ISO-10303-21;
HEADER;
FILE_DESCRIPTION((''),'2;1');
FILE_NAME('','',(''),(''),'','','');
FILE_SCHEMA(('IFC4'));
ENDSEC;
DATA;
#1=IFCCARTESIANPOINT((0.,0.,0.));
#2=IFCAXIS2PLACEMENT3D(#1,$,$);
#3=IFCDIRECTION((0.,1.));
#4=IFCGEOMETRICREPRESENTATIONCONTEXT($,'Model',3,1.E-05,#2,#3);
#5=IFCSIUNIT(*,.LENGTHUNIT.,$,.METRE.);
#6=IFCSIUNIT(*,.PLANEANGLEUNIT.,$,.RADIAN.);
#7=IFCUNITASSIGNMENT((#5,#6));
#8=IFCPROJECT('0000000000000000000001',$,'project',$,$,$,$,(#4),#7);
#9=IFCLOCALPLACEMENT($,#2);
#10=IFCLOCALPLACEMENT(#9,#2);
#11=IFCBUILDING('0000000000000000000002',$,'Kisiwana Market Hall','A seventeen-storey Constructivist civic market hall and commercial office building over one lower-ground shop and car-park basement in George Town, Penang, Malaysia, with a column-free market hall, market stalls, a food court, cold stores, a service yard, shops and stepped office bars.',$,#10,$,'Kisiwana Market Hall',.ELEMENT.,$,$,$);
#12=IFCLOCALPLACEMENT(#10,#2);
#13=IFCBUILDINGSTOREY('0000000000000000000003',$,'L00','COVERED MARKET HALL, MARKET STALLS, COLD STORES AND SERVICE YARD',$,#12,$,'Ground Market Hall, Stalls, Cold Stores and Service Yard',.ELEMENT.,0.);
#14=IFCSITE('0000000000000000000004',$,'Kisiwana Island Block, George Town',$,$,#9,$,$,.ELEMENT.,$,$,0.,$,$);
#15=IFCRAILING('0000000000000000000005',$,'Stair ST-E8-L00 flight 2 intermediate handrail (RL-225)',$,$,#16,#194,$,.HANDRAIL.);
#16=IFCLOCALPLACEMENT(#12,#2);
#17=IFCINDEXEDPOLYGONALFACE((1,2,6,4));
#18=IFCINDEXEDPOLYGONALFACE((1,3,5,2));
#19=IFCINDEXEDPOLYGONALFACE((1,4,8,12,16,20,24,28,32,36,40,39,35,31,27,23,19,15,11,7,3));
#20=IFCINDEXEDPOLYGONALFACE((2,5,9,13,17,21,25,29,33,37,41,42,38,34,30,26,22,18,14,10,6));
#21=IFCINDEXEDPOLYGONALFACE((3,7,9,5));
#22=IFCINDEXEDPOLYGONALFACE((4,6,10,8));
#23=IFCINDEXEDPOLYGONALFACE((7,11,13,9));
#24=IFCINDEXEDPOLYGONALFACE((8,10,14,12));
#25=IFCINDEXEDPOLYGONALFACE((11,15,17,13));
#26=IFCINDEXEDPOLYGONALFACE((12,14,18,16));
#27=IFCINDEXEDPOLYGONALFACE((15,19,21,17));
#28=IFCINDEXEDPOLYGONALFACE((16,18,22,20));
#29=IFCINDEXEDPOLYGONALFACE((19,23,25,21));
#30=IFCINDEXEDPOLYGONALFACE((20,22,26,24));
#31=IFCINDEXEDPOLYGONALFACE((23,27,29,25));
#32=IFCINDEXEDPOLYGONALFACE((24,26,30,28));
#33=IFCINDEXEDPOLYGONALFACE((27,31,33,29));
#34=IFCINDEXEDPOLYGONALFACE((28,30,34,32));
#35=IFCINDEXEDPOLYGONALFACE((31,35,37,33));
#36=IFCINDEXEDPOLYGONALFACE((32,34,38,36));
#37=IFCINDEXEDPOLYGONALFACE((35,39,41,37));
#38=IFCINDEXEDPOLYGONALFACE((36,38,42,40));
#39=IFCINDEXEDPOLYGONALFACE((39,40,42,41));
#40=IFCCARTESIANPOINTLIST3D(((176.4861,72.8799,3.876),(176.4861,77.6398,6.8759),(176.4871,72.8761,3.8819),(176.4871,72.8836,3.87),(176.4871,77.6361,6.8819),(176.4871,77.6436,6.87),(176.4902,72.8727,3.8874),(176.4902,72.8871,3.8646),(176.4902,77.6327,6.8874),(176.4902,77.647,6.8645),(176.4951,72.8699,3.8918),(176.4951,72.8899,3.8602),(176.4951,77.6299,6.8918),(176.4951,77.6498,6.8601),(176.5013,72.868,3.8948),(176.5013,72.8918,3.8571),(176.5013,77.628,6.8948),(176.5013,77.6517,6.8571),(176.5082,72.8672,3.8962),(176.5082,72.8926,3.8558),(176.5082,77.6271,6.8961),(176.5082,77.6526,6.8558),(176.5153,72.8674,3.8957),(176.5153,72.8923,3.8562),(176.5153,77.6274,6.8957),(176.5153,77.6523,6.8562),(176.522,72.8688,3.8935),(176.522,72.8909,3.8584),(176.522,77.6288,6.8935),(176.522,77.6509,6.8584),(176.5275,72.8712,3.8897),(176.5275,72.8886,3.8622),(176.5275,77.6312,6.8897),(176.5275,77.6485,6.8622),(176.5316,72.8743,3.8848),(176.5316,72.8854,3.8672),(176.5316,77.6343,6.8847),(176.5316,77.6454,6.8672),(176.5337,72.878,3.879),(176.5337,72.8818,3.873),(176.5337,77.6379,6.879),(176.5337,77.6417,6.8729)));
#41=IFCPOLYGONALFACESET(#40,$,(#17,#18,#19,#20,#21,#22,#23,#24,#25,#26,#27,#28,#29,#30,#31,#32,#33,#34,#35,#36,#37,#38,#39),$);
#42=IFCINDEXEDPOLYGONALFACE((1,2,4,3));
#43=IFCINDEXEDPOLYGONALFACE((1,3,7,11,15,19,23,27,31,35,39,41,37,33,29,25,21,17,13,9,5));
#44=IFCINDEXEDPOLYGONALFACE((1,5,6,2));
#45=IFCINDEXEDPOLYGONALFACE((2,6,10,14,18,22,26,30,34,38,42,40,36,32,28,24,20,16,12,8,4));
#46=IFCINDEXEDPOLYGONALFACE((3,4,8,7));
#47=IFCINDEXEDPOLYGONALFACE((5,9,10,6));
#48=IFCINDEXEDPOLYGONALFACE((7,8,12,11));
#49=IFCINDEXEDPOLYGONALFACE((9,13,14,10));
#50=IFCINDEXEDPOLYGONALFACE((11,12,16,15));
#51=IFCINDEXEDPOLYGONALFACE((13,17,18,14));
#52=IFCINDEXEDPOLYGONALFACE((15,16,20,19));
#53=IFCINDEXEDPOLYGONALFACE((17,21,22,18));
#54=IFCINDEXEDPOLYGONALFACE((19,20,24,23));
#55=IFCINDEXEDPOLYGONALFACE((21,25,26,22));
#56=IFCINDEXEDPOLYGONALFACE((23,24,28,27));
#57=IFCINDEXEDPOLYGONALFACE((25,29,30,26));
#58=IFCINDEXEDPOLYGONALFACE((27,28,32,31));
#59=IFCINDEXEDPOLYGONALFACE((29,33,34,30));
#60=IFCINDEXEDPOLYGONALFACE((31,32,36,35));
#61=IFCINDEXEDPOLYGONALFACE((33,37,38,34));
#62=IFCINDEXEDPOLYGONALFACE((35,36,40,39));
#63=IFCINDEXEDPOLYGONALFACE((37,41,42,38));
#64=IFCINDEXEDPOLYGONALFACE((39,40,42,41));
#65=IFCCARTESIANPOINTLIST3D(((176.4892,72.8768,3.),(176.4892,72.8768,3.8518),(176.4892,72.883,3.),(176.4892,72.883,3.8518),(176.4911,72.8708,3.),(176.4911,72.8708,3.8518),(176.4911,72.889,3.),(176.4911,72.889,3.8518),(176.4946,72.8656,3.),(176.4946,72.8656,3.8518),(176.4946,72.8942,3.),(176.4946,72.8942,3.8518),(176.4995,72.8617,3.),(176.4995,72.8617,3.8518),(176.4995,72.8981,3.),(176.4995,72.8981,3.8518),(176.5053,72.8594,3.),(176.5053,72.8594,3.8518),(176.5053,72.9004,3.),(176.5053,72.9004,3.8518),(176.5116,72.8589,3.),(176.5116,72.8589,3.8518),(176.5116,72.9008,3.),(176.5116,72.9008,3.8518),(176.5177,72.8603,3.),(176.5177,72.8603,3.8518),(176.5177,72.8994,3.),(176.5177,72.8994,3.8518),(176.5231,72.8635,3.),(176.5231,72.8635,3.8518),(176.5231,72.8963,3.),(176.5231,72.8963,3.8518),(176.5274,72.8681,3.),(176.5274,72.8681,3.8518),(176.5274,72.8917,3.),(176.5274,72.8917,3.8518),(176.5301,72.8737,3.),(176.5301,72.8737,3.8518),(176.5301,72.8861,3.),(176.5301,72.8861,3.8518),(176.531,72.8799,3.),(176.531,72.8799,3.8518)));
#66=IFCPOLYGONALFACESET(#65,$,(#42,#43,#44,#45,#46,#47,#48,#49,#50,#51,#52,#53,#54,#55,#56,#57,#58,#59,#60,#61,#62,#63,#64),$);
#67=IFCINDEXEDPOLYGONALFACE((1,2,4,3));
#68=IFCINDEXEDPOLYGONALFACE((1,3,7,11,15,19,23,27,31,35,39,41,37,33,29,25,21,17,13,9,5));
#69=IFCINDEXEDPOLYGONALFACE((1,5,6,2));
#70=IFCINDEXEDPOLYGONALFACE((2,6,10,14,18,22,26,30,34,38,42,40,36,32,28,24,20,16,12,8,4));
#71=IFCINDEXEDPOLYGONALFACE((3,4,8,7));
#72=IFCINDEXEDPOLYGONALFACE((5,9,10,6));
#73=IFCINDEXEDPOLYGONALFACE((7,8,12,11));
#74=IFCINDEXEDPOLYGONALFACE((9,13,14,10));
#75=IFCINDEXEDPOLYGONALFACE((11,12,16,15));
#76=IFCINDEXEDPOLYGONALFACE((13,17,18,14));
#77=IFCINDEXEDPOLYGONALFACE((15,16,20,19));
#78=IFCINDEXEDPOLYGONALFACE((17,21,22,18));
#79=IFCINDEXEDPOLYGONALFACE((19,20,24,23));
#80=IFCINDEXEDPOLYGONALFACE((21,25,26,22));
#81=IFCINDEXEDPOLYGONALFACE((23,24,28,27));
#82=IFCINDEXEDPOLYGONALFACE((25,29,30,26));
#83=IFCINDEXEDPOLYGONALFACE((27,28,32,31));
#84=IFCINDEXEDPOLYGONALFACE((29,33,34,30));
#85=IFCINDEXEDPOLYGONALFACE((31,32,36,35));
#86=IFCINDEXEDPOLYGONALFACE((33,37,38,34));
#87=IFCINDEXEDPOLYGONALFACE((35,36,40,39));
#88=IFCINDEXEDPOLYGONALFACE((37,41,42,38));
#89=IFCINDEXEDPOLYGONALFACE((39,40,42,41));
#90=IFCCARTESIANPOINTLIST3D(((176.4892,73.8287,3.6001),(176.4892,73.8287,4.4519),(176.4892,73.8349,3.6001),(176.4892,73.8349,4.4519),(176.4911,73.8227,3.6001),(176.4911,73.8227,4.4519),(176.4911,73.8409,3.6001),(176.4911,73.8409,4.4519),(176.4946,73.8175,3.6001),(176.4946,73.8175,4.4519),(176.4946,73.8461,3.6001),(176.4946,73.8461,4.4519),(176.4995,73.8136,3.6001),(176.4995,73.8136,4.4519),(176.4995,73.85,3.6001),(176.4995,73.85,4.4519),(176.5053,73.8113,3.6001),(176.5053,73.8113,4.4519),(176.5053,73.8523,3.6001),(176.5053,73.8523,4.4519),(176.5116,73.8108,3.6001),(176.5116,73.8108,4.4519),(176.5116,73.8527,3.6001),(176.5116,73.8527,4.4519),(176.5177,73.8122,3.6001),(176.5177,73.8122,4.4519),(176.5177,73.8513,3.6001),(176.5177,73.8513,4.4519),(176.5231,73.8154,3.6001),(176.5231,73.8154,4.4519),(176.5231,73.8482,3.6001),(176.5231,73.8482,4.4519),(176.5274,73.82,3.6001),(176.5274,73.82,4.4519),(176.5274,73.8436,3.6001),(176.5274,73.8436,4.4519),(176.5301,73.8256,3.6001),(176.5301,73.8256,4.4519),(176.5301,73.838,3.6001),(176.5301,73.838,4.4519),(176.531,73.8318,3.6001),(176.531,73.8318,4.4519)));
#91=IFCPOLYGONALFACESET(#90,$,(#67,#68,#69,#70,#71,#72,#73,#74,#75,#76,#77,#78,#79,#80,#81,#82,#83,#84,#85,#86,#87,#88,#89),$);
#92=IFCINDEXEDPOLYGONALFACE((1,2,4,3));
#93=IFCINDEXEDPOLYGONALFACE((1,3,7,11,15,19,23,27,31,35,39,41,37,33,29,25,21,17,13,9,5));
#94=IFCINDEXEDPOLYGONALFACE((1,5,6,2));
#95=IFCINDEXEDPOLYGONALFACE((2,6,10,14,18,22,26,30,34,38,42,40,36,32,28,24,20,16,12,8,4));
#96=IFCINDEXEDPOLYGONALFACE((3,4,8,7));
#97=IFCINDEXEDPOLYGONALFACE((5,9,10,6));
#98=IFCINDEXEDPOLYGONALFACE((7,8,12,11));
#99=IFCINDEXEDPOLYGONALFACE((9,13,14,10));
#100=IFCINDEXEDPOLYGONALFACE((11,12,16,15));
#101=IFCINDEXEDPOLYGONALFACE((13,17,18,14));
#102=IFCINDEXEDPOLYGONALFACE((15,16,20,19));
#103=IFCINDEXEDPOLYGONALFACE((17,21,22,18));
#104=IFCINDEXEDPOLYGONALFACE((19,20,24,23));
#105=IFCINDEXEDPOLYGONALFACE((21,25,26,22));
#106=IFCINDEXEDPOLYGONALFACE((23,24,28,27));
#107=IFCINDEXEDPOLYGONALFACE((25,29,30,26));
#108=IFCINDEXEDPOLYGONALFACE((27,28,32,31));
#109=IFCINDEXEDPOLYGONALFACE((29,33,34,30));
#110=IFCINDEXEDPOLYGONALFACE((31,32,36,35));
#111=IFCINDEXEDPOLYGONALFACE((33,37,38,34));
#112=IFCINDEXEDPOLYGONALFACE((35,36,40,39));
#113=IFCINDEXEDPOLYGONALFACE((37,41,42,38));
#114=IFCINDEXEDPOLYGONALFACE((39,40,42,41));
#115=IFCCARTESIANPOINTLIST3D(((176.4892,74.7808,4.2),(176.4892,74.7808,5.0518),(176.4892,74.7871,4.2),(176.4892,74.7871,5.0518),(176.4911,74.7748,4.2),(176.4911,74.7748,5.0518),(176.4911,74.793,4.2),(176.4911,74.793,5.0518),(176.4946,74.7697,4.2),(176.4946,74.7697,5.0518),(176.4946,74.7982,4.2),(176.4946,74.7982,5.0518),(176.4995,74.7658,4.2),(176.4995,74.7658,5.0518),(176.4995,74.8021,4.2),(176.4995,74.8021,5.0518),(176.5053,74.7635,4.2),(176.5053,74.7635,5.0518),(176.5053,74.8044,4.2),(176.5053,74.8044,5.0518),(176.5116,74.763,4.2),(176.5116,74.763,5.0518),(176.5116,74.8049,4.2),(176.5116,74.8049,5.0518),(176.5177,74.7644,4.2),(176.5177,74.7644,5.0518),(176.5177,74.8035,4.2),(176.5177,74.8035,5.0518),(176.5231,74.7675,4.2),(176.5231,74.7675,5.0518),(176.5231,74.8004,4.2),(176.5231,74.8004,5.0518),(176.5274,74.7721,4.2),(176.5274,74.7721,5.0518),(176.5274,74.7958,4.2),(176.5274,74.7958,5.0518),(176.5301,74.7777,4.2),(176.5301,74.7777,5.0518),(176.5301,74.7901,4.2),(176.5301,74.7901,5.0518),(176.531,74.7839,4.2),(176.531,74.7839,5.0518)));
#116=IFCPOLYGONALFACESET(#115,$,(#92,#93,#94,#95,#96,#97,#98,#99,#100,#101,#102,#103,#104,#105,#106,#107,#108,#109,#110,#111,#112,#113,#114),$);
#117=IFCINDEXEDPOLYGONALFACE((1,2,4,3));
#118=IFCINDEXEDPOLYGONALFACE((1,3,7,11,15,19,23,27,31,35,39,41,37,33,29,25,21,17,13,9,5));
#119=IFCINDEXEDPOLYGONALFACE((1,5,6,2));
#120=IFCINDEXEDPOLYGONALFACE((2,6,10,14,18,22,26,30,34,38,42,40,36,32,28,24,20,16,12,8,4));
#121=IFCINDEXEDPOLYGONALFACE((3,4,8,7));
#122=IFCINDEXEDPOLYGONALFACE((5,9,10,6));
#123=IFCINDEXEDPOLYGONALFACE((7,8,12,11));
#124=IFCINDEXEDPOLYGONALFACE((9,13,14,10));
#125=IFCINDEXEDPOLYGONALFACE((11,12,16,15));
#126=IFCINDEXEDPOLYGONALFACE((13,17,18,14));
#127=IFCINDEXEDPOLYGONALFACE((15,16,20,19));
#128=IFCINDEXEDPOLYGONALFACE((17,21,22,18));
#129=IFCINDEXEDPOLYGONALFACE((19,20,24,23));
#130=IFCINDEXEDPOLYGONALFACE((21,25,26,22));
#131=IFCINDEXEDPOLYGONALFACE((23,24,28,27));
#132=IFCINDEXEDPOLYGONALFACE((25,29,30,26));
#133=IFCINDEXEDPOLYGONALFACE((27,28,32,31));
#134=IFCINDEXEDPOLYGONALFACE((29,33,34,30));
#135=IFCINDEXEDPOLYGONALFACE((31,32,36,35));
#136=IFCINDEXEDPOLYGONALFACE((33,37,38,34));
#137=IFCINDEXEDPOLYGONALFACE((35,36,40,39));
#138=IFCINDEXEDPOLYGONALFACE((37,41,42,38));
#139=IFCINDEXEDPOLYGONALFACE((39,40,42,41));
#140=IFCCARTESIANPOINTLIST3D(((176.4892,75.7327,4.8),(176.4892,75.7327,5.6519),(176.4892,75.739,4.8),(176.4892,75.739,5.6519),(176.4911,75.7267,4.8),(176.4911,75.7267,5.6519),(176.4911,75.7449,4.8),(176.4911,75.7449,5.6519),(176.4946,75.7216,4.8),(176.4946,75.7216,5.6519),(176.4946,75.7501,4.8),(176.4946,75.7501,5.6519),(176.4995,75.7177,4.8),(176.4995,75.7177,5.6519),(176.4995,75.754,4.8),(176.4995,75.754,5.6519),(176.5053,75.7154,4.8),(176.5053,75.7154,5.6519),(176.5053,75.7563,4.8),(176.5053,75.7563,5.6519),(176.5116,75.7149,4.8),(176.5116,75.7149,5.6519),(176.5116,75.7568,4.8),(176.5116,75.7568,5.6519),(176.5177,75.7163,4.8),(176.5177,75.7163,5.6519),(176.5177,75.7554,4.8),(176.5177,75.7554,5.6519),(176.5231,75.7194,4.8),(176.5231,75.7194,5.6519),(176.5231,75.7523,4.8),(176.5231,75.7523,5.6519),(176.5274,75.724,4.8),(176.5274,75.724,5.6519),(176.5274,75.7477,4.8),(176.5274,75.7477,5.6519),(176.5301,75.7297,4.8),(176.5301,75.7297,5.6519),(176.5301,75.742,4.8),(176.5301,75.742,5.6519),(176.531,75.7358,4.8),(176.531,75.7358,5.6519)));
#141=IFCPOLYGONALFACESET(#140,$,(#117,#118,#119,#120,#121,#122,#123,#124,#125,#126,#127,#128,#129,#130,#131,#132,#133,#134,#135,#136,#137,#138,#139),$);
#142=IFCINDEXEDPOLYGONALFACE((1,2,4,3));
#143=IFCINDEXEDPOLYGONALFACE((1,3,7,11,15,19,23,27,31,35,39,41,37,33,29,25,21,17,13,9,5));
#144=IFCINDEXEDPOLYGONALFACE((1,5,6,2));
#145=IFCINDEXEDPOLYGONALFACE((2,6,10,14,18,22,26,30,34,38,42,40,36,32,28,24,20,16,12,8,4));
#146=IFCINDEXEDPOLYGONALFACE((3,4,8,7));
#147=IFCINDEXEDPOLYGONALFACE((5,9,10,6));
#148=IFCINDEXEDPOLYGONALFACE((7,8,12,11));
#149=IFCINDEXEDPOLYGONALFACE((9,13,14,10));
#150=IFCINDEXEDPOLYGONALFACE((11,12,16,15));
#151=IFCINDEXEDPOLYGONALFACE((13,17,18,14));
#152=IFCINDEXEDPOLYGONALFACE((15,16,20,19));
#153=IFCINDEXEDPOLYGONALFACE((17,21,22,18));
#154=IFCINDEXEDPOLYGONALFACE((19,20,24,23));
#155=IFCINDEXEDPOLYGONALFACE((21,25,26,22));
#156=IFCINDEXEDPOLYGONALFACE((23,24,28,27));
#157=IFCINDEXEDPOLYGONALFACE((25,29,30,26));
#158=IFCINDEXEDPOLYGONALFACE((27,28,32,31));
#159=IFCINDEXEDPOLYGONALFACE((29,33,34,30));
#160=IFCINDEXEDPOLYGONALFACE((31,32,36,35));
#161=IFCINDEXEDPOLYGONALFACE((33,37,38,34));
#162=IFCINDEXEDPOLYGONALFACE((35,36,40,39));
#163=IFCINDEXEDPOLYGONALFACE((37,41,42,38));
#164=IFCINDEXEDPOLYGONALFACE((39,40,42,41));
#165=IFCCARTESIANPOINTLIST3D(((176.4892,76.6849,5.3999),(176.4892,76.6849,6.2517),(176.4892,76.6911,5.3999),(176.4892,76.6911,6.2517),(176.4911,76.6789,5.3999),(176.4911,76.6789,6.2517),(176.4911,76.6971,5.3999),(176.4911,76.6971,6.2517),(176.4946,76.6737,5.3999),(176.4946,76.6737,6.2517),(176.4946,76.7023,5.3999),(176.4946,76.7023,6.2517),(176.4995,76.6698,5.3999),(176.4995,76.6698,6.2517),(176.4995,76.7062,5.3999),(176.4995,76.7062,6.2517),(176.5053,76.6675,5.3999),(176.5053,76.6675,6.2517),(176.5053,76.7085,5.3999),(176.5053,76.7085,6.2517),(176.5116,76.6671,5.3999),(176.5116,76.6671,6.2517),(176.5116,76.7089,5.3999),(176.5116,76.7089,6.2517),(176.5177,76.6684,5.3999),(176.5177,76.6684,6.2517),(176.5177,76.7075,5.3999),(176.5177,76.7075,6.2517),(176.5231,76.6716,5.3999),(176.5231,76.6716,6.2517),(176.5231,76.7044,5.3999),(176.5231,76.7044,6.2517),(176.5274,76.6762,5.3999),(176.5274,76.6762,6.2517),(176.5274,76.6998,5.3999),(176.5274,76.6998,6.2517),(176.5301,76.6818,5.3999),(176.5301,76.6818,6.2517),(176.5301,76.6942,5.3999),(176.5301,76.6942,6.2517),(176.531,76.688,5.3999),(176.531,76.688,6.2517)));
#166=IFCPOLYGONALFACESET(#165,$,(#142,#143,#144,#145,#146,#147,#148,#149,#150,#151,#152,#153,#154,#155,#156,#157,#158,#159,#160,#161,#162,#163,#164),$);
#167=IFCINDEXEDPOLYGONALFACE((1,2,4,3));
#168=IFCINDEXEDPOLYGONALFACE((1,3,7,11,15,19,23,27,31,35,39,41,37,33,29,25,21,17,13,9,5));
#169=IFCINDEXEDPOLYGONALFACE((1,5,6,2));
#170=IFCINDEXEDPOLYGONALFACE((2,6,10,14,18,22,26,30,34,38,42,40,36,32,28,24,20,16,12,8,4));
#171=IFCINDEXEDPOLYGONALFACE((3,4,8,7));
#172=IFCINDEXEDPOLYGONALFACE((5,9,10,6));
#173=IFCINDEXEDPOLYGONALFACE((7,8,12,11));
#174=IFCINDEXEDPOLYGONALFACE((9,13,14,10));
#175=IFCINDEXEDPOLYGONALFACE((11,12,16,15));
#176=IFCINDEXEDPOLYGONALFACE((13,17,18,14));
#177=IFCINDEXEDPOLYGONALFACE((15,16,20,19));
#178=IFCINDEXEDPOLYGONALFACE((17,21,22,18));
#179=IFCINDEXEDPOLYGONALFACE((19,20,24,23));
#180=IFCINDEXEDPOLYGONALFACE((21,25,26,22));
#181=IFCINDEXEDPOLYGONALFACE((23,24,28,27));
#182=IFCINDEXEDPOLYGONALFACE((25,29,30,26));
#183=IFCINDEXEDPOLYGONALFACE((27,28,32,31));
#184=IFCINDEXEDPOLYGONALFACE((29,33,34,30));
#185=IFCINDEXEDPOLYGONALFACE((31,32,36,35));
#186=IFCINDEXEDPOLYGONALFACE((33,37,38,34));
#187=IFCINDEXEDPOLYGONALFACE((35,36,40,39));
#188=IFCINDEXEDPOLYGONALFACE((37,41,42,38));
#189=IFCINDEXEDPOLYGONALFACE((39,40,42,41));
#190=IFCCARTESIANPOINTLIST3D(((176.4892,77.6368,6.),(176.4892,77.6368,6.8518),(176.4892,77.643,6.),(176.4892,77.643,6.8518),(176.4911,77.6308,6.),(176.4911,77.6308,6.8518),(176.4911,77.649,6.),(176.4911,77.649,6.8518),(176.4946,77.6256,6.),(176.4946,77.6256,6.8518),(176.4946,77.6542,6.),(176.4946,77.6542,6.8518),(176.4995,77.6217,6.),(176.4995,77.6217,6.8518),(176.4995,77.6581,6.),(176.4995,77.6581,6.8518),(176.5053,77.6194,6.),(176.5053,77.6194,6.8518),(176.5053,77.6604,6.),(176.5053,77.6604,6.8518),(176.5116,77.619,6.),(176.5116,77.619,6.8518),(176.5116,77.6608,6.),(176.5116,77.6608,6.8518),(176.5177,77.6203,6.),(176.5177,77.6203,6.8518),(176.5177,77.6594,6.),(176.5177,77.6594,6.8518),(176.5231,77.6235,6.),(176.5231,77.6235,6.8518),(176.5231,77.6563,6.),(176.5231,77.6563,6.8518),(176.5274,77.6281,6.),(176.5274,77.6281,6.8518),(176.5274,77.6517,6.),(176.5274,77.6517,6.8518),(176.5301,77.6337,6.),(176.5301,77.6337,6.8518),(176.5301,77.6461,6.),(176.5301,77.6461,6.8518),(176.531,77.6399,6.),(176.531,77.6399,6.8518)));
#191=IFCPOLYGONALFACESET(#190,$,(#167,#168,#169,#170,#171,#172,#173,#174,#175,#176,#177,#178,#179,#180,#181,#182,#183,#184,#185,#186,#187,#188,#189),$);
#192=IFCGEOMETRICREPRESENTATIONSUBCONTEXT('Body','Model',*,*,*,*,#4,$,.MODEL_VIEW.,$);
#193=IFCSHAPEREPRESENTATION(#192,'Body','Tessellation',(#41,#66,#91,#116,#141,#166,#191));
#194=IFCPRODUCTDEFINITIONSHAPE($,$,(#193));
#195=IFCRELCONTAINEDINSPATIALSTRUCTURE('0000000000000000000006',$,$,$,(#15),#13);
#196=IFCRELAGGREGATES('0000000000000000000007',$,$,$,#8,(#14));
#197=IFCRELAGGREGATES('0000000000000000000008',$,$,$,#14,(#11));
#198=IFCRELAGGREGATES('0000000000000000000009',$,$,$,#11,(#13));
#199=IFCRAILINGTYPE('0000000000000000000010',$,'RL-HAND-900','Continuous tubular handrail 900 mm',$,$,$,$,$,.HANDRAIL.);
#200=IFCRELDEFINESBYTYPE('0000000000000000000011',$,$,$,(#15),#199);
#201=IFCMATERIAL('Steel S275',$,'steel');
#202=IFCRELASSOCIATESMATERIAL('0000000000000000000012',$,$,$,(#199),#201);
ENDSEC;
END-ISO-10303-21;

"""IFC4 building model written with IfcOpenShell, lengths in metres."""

from ifc_helpers import new_model, si_unit, direction, frame, origin, origin_2d, place, context, subcontext, project, spatial, circle, extrude, material, type_object, element, save


model = new_model("IFC4")

# Units and contexts
model_context = context("Model", 3, precision=1e-05, world=origin(), true_north=direction((0.0, 1.0)))
body_context = subcontext(model_context, "Body", "Model", "MODEL_VIEW")
ifc_project = project(units=[si_unit("LENGTHUNIT", "METRE"), si_unit("PLANEANGLEUNIT", "RADIAN")], contexts=[model_context])

# Site, building, storey
site_placement = place(None, origin())
site = spatial("IfcSite", under=ifc_project, at=site_placement, Name="Kisiwana Island Block, George Town", CompositionType="ELEMENT", RefElevation=0.0)
building_placement = place(site_placement, origin())
building = spatial("IfcBuilding", under=site, at=building_placement, Name="Kisiwana Market Hall", Description="A seventeen-storey Constructivist civic market hall and commercial office building over one lower-ground shop and car-park basement in George Town, Penang, Malaysia, with a column-free market hall, market stalls, a food court, cold stores, a service yard, shops and stepped office bars.", LongName="Kisiwana Market Hall", CompositionType="ELEMENT")
storey_placement = place(building_placement, origin())
storey = spatial("IfcBuildingStorey", under=building, at=storey_placement, Name="L00", Description="COVERED MARKET HALL, MARKET STALLS, COLD STORES AND SERVICE YARD", LongName="Ground Market Hall, Stalls, Cold Stores and Service Yard", CompositionType="ELEMENT", Elevation=0.0)

# Railing
ifc_material_1 = material(Name="Steel S275", Category="steel")
railing_type_1 = type_object("IfcRailingType", Name="RL-HAND-900", Description="Continuous tubular handrail 900 mm", PredefinedType="HANDRAIL", material=ifc_material_1)
railing_1_placement = place(storey_placement, frame((176.51, 72.8799, 3.0)))
element("IfcRailing", 1, at=railing_1_placement, inside=storey, type_object=railing_type_1, Name="Stair ST-E8-L00 flight 2 intermediate handrail (RL-225)", PredefinedType="HANDRAIL", context=body_context, shape_type="SweptSolid", body=[
    extrude(circle(Radius=0.0239, at=origin_2d()), frame((0.0, 0.0, 0.876), z_axis=(0.0, 0.845996, 0.53319), x_axis=(-1.0, 0.0, 0.0)), (0.0, 0.0, 1.0), 5.6265),
    extrude(circle(Radius=0.021, at=origin_2d()), origin(), (0.0, 0.0, 1.0), 0.8518),
    extrude(circle(Radius=0.021, at=origin_2d()), frame((0.0, 0.9519, 0.6001)), (0.0, 0.0, 1.0), 0.8518),
    extrude(circle(Radius=0.021, at=origin_2d()), frame((0.0, 1.9041, 1.2)), (0.0, 0.0, 1.0), 0.8518),
    extrude(circle(Radius=0.021, at=origin_2d()), frame((0.0, 2.856, 1.8)), (0.0, 0.0, 1.0), 0.8518),
    extrude(circle(Radius=0.021, at=origin_2d()), frame((0.0, 3.8081, 2.3999)), (0.0, 0.0, 1.0), 0.8518),
    extrude(circle(Radius=0.021, at=origin_2d()), frame((0.0, 4.76, 3.0)), (0.0, 0.0, 1.0), 0.8518),
])

save(model, "model.ifc")
